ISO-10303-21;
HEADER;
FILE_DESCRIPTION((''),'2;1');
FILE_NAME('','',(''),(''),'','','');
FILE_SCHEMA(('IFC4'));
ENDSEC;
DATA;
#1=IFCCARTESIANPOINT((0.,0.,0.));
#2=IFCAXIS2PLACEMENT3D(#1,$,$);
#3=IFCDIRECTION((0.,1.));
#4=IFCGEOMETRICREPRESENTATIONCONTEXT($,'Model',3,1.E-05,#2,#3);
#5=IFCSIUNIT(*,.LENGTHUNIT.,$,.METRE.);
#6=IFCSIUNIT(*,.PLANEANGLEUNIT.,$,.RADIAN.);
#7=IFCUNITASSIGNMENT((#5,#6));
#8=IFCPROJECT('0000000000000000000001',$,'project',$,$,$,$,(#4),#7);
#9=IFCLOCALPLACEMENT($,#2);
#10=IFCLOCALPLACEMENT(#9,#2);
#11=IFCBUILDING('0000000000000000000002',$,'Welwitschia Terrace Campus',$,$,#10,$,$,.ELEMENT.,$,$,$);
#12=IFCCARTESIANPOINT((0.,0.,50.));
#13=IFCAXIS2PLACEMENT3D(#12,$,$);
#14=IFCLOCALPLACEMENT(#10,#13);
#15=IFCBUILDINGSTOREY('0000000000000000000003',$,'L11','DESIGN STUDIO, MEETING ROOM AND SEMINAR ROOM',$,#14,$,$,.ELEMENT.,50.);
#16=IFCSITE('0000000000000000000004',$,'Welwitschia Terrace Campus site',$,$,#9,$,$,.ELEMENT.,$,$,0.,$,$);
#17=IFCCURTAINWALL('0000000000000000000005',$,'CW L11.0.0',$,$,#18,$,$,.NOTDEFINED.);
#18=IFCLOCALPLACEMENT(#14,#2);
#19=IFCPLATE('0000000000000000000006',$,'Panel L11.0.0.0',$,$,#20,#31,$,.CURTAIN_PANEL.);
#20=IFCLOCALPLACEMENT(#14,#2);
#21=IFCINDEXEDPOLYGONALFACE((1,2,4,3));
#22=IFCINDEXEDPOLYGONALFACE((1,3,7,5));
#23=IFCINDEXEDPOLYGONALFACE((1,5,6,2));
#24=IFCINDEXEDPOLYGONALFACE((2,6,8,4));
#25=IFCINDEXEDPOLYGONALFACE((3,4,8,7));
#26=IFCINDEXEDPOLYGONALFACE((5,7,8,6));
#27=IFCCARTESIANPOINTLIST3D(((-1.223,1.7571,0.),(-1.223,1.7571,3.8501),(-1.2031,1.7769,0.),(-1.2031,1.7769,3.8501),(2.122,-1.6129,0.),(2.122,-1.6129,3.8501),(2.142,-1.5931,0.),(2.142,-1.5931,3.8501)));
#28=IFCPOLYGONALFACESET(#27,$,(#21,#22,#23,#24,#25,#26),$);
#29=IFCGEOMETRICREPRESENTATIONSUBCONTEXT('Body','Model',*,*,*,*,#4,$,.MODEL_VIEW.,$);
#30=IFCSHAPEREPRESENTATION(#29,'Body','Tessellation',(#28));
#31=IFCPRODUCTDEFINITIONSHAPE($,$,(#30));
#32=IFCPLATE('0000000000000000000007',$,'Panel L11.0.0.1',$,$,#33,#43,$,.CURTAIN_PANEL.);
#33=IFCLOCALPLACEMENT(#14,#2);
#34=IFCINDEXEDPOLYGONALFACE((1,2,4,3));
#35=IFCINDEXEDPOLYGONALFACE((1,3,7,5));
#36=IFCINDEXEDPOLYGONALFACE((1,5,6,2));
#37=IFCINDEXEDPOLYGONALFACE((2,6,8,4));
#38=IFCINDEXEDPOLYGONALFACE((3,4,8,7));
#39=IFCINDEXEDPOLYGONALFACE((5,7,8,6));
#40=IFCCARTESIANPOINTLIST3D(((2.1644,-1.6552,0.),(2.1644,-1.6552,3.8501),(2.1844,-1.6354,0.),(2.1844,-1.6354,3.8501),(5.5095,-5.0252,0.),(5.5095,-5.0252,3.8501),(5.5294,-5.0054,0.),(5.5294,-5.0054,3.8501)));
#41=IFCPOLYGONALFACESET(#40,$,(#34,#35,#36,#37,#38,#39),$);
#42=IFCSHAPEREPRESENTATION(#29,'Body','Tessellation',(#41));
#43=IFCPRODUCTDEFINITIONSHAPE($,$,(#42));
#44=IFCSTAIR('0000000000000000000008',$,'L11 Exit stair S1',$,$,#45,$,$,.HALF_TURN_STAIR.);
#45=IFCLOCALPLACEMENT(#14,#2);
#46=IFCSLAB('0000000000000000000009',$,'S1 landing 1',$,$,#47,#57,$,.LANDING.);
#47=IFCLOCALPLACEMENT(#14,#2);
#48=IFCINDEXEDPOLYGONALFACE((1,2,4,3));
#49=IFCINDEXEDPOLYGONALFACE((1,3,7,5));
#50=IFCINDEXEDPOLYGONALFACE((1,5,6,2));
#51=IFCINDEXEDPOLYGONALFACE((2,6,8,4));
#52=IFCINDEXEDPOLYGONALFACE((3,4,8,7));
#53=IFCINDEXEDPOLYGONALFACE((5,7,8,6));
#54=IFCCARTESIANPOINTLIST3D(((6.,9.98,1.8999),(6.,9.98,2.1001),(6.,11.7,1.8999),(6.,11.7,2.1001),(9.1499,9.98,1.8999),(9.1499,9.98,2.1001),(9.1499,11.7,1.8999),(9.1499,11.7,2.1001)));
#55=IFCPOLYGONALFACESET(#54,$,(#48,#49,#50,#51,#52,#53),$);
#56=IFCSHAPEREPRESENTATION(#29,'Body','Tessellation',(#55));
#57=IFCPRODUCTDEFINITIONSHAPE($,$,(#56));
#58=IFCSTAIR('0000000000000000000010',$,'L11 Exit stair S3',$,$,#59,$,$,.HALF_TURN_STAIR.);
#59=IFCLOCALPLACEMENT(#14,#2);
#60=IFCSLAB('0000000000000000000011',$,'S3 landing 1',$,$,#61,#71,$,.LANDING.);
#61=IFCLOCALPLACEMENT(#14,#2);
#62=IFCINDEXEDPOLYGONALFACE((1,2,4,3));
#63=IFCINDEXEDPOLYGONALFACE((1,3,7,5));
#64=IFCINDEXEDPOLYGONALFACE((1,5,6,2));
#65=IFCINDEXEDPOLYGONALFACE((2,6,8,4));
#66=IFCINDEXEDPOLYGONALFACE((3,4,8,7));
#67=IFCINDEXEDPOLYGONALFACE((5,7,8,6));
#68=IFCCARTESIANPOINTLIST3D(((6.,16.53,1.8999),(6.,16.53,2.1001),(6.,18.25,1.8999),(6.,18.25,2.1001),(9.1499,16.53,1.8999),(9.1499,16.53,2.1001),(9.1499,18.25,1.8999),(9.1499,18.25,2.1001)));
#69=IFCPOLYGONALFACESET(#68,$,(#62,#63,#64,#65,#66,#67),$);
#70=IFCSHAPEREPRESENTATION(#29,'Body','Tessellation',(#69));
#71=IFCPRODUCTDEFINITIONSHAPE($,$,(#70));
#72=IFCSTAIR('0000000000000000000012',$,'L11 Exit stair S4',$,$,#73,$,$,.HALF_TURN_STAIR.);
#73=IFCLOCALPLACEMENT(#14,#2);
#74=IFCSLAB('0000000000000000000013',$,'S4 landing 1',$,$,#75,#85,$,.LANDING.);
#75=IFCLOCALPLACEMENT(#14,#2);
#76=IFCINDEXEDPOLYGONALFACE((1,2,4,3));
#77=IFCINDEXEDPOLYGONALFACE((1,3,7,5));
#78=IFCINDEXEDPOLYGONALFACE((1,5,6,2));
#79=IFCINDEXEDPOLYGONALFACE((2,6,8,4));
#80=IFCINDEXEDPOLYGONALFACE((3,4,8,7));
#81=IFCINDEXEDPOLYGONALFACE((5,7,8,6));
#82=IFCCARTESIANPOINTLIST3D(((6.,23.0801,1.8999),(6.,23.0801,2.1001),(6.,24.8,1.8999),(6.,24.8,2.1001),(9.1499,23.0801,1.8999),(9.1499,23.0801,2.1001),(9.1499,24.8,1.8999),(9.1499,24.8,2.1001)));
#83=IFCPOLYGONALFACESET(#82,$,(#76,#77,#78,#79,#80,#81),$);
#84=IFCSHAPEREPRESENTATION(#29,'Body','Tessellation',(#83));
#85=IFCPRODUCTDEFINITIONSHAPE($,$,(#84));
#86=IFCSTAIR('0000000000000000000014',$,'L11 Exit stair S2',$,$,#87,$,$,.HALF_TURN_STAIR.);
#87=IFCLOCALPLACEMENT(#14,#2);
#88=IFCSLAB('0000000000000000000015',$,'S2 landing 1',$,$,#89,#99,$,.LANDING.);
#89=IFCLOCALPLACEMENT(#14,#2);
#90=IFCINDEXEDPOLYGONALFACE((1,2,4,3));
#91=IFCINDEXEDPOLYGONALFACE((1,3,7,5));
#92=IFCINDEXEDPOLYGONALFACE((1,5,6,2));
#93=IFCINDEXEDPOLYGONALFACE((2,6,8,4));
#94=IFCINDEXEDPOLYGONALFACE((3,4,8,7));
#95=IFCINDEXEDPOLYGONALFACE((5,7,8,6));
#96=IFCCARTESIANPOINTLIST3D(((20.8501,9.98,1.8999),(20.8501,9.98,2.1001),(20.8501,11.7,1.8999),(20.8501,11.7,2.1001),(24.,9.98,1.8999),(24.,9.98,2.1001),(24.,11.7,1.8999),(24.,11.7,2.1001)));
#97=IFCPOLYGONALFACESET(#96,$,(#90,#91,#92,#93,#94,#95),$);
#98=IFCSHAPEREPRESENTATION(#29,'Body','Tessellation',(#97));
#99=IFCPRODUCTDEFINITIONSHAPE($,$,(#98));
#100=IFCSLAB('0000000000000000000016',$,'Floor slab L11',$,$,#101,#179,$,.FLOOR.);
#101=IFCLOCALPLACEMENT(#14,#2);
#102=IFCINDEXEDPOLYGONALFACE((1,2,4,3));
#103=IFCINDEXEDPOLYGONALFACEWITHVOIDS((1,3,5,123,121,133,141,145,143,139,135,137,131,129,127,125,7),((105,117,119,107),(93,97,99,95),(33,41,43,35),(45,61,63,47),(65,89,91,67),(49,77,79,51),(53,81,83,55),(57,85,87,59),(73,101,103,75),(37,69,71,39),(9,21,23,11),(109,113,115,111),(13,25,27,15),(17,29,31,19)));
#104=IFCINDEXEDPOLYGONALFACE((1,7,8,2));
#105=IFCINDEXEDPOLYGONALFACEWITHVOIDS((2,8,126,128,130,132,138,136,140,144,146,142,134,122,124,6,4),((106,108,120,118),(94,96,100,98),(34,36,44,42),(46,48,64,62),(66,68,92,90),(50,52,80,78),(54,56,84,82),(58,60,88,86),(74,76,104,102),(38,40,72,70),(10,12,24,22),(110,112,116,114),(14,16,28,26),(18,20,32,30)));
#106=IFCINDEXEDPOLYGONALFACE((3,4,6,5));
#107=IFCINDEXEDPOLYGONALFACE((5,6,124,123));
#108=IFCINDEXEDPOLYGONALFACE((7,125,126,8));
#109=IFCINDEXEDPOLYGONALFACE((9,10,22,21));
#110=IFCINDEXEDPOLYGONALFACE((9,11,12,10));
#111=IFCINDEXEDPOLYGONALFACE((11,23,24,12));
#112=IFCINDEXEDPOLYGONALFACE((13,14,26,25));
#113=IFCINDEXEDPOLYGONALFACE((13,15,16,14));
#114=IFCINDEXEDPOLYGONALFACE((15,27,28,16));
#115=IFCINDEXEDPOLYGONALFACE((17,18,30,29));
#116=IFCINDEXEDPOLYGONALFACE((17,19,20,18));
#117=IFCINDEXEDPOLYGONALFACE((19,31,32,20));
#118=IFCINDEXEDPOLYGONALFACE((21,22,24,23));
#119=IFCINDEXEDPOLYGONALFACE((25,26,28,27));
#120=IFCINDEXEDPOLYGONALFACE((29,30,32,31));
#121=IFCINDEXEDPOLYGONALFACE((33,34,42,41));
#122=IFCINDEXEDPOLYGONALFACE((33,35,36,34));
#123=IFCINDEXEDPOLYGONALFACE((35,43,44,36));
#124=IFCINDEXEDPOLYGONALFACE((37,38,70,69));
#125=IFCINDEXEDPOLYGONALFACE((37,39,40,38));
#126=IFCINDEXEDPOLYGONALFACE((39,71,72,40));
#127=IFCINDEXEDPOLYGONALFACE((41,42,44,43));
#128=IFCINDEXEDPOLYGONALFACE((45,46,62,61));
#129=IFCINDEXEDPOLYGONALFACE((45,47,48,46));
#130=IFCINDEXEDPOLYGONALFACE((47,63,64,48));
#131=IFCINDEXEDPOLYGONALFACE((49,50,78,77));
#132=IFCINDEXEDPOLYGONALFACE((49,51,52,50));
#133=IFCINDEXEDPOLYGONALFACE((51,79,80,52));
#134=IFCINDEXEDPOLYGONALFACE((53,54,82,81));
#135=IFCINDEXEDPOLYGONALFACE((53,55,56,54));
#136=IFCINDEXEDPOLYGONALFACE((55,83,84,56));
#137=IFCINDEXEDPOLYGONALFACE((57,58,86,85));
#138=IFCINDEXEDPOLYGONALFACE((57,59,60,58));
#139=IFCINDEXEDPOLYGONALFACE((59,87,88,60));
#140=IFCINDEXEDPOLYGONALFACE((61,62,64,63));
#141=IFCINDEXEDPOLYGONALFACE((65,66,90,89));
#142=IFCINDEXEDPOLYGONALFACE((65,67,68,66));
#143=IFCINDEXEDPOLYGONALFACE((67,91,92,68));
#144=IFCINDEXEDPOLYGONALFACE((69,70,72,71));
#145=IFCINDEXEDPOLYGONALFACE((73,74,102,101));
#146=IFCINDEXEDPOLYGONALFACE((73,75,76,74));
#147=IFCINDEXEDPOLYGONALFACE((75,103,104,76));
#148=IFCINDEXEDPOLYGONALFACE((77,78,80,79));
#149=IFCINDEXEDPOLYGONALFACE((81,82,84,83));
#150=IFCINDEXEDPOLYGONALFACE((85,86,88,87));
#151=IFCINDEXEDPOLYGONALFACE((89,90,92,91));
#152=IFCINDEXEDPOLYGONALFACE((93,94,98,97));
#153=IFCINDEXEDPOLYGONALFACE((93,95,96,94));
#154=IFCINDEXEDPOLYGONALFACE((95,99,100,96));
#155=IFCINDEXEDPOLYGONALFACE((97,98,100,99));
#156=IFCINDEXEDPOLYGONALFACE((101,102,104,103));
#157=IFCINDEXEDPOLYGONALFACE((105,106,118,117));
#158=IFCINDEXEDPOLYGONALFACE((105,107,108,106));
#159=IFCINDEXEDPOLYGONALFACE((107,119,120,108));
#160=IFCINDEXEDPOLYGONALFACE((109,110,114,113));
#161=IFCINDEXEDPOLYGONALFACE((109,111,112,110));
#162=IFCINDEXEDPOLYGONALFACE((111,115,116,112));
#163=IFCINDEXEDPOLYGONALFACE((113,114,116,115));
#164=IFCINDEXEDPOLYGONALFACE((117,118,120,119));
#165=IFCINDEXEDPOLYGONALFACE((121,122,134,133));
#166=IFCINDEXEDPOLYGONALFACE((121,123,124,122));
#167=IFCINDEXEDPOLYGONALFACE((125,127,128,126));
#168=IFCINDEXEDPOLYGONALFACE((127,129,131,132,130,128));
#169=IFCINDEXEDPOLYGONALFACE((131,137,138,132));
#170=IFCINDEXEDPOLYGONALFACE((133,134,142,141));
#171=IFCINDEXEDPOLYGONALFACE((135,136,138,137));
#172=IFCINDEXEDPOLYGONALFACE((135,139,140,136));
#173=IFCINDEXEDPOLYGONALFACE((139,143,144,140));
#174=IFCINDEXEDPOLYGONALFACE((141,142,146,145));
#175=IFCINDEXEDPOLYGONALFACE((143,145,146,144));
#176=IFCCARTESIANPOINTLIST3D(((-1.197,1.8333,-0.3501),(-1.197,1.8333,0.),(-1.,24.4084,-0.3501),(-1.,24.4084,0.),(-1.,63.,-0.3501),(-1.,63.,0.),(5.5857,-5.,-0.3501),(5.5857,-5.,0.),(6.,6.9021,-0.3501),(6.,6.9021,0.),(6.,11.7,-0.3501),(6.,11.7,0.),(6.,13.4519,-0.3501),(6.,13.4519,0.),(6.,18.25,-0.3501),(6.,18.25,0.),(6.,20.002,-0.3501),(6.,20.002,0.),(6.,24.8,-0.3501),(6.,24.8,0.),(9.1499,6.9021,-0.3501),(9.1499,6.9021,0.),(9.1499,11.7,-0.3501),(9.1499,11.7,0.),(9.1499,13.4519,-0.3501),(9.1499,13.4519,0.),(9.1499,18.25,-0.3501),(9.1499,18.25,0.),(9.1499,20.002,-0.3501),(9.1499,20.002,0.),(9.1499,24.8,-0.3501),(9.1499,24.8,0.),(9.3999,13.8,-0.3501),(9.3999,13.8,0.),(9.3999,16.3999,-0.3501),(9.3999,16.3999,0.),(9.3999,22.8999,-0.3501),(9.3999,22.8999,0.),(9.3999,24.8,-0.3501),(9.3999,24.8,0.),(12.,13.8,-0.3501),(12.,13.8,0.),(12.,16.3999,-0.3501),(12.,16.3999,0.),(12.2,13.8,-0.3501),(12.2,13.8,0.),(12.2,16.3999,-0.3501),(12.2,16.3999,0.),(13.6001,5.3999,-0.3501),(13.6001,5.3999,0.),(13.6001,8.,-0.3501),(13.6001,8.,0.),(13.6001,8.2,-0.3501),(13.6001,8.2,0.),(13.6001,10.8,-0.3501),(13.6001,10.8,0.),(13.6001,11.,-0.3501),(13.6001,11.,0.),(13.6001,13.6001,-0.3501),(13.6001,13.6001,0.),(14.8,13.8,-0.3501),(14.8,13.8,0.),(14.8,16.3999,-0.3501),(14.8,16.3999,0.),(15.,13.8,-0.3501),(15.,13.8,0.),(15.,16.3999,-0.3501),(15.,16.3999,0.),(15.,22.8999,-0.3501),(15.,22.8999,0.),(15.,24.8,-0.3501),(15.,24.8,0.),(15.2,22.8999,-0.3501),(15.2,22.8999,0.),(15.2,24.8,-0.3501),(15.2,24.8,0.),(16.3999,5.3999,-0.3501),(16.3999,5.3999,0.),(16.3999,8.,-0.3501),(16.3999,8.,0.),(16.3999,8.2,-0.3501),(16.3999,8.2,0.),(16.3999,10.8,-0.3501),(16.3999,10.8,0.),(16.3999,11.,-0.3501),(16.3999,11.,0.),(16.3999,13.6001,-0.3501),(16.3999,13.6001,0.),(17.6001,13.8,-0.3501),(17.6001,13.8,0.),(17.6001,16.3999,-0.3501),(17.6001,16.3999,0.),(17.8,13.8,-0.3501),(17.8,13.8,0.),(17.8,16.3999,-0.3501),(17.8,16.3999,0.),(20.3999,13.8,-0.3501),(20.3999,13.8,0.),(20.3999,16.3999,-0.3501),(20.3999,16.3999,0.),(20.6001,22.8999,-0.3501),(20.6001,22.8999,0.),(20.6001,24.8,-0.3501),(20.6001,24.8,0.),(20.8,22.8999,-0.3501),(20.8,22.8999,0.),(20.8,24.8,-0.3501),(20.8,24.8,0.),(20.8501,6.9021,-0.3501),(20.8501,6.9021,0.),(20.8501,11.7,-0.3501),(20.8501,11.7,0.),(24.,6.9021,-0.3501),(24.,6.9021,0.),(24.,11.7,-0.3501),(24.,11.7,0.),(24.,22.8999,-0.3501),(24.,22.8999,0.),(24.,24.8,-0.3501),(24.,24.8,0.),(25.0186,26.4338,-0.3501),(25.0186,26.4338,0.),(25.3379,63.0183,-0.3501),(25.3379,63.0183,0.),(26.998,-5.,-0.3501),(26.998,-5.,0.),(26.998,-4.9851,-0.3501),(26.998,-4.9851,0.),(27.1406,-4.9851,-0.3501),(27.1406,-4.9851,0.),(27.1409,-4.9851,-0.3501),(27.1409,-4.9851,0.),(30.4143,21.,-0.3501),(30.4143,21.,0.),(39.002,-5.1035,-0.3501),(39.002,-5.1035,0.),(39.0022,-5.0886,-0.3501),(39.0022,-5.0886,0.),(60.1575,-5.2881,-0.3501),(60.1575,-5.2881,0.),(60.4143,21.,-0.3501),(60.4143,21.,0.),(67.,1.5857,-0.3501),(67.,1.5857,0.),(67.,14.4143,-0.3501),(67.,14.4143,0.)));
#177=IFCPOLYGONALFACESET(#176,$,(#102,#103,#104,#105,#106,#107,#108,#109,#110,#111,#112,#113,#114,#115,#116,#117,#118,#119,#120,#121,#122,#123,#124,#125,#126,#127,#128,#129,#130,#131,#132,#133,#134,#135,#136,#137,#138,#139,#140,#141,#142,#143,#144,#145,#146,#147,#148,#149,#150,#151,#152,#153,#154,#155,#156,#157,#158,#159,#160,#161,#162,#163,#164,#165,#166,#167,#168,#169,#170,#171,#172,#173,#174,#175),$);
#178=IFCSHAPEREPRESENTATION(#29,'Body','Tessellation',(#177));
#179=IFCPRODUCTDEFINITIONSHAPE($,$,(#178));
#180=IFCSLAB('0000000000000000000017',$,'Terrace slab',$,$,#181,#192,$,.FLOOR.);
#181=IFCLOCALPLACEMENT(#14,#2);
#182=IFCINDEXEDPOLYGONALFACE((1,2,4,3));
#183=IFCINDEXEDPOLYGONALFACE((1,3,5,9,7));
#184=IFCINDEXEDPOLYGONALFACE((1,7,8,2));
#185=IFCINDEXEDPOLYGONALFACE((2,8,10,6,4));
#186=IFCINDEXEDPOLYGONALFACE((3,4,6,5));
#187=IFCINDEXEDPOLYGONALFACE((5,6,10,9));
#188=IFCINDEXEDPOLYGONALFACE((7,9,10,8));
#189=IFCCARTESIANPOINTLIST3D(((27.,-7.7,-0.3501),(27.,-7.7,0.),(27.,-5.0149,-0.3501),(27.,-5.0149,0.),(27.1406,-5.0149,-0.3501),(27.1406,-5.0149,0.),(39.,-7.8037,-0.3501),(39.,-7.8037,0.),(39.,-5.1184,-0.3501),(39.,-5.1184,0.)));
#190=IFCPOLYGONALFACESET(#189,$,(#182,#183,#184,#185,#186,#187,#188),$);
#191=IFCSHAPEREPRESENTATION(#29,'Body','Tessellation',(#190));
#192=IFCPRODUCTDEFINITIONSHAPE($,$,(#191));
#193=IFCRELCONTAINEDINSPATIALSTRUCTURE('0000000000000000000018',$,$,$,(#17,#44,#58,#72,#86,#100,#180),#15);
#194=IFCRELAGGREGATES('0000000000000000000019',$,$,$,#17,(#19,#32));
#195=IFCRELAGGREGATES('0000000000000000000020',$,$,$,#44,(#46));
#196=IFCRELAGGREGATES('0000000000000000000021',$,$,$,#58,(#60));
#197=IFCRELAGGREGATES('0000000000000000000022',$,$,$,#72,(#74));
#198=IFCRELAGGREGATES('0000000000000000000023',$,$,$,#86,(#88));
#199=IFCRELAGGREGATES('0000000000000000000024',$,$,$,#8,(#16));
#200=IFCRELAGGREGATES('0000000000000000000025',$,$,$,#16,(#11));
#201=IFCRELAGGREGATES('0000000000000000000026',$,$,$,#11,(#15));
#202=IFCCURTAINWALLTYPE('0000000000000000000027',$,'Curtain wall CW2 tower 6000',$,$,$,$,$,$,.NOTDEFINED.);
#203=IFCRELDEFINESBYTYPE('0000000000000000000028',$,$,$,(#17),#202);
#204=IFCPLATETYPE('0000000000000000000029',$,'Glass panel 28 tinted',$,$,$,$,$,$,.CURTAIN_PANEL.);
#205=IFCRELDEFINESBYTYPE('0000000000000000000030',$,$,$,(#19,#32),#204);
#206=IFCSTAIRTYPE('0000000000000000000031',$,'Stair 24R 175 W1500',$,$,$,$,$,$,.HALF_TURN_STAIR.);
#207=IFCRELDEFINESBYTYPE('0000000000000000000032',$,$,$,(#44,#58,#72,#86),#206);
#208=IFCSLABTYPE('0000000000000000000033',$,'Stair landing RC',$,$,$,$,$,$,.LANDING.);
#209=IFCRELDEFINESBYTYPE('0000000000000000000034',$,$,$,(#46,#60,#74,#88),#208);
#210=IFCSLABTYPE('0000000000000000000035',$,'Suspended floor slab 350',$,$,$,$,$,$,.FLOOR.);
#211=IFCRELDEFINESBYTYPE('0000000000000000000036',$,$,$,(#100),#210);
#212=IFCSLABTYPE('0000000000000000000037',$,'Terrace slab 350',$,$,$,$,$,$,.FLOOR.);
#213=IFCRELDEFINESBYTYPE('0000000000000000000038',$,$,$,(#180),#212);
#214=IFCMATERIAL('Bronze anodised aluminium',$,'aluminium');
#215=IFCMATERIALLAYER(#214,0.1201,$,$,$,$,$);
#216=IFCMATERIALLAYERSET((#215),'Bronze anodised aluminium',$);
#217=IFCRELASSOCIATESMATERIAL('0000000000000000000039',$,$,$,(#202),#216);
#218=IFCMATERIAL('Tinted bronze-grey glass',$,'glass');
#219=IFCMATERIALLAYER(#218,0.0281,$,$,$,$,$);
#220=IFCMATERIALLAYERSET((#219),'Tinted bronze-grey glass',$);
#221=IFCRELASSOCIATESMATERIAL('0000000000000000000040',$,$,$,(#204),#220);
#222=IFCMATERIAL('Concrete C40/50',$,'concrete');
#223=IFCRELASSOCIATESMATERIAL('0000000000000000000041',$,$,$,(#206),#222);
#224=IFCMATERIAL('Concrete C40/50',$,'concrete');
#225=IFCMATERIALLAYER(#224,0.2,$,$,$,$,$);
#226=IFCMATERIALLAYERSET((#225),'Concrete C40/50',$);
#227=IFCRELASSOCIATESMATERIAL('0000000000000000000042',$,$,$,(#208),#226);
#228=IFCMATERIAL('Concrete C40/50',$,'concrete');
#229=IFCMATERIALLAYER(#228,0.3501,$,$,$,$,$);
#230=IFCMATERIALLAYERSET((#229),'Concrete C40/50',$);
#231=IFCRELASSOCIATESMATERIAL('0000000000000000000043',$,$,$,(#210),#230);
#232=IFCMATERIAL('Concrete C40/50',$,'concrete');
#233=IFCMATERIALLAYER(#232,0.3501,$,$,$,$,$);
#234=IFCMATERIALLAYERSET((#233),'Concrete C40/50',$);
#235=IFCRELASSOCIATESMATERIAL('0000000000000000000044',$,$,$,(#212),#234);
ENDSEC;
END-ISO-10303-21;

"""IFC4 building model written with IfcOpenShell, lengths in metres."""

from ifc_helpers import new_model, si_unit, direction, frame, origin, origin_2d, place, context, subcontext, project, spatial, polyline, rectangle, outline, extrude, material, layer, layer_set, type_object, element, aggregate, save


model = new_model("IFC4")

# Units and contexts
model_context = context("Model", 3, precision=1e-05, world=origin(), true_north=direction((0.0, 1.0)))
body_context = subcontext(model_context, "Body", "Model", "MODEL_VIEW")
ifc_project = project(units=[si_unit("LENGTHUNIT", "METRE"), si_unit("PLANEANGLEUNIT", "RADIAN")], contexts=[model_context])

# Site, building, storey
site_placement = place(None, origin())
site = spatial("IfcSite", under=ifc_project, at=site_placement, Name="Welwitschia Terrace Campus site", CompositionType="ELEMENT", RefElevation=0.0)
building_placement = place(site_placement, origin())
building = spatial("IfcBuilding", under=site, at=building_placement, Name="Welwitschia Terrace Campus", CompositionType="ELEMENT")
storey_placement = place(building_placement, frame((0.0, 0.0, 50.0)))
storey = spatial("IfcBuildingStorey", under=building, at=storey_placement, Name="L11", Description="DESIGN STUDIO, MEETING ROOM AND SEMINAR ROOM", CompositionType="ELEMENT", Elevation=50.0)

# Curtain wall
ifc_material_1 = material(Name="Bronze anodised aluminium", Category="aluminium")
ifc_layer_1 = layer(ifc_material_1, 0.1201)
ifc_layer_set_1 = layer_set([ifc_layer_1], Name="Bronze anodised aluminium")
curtain_wall_type = type_object("IfcCurtainWallType", Name="Curtain wall CW2 tower 6000", PredefinedType="NOTDEFINED", material=ifc_layer_set_1)
curtain_wall_1_placement = place(storey_placement, origin())
curtain_wall_1 = element("IfcCurtainWall", 1, at=curtain_wall_1_placement, inside=storey, type_object=curtain_wall_type, Name="CW L11.0.0", PredefinedType="NOTDEFINED")

# Plates
ifc_material_2 = material(Name="Tinted bronze-grey glass", Category="glass")
ifc_layer_2 = layer(ifc_material_2, 0.0281)
ifc_layer_set_2 = layer_set([ifc_layer_2], Name="Tinted bronze-grey glass")
plate_type = type_object("IfcPlateType", Name="Glass panel 28 tinted", PredefinedType="CURTAIN_PANEL", material=ifc_layer_set_2)
plate_1_placement = place(storey_placement, frame((0.4595, 0.082, 0.0), z_axis=(0.0, 0.0, 1.0), x_axis=(0.704477, -0.709727, 0.0)))
plate_1 = element("IfcPlate", 2, at=plate_1_placement, type_object=plate_type, Name="Panel L11.0.0.0", PredefinedType="CURTAIN_PANEL", context=body_context, shape_type="SweptSolid", body=[
    extrude(rectangle(XDim=4.7483, YDim=0.0281, at=origin_2d()), origin(), (0.0, 0.0, 1.0), 3.8501),
])
plate_2_placement = place(storey_placement, frame((3.8469, -3.3303, 0.0), z_axis=(0.0, 0.0, 1.0), x_axis=(0.704477, -0.709727, 0.0)))
plate_2 = element("IfcPlate", 3, at=plate_2_placement, type_object=plate_type, Name="Panel L11.0.0.1", PredefinedType="CURTAIN_PANEL", context=body_context, shape_type="SweptSolid", body=[
    extrude(rectangle(XDim=4.7483, YDim=0.0281, at=origin_2d()), origin(), (0.0, 0.0, 1.0), 3.8501),
])
aggregate(curtain_wall_1, [plate_1, plate_2])

# Stairs, slabs
ifc_material_3 = material(Name="Concrete C40/50", Category="concrete")
stair_type = type_object("IfcStairType", Name="Stair 24R 175 W1500", PredefinedType="HALF_TURN_STAIR", material=ifc_material_3)
stair_1_placement = place(storey_placement, origin())
stair_1 = element("IfcStair", 4, at=stair_1_placement, inside=storey, type_object=stair_type, Name="L11 Exit stair S1", PredefinedType="HALF_TURN_STAIR")
ifc_material_4 = material(Name="Concrete C40/50", Category="concrete")
ifc_layer_3 = layer(ifc_material_4, 0.2)
ifc_layer_set_3 = layer_set([ifc_layer_3], Name="Concrete C40/50")
slab_type_1 = type_object("IfcSlabType", Name="Stair landing RC", PredefinedType="LANDING", material=ifc_layer_set_3)
slab_1_placement = place(storey_placement, frame((0.0, 0.0, 1.8999)))
slab_1 = element("IfcSlab", 5, at=slab_1_placement, type_object=slab_type_1, Name="S1 landing 1", PredefinedType="LANDING", context=body_context, shape_type="SweptSolid", body=[
    extrude(outline(polyline([(9.1499, 9.98), (9.1499, 11.7), (6.0, 11.7), (6.0, 9.98), (9.1499, 9.98)])), origin(), (0.0, 0.0, 1.0), 0.2002),
])
aggregate(stair_1, [slab_1])
stair_2_placement = place(storey_placement, origin())
stair_2 = element("IfcStair", 6, at=stair_2_placement, inside=storey, type_object=stair_type, Name="L11 Exit stair S3", PredefinedType="HALF_TURN_STAIR")
slab_2_placement = place(storey_placement, frame((0.0, 0.0, 1.8999)))
slab_2 = element("IfcSlab", 7, at=slab_2_placement, type_object=slab_type_1, Name="S3 landing 1", PredefinedType="LANDING", context=body_context, shape_type="SweptSolid", body=[
    extrude(outline(polyline([(9.1499, 16.53), (9.1499, 18.25), (6.0, 18.25), (6.0, 16.53), (9.1499, 16.53)])), origin(), (0.0, 0.0, 1.0), 0.2002),
])
aggregate(stair_2, [slab_2])
stair_3_placement = place(storey_placement, origin())
stair_3 = element("IfcStair", 8, at=stair_3_placement, inside=storey, type_object=stair_type, Name="L11 Exit stair S4", PredefinedType="HALF_TURN_STAIR")
slab_3_placement = place(storey_placement, frame((0.0, 0.0, 1.8999)))
slab_3 = element("IfcSlab", 9, at=slab_3_placement, type_object=slab_type_1, Name="S4 landing 1", PredefinedType="LANDING", context=body_context, shape_type="SweptSolid", body=[
    extrude(outline(polyline([(9.1499, 23.0801), (9.1499, 24.8), (6.0, 24.8), (6.0, 23.0801), (9.1499, 23.0801)])), origin(), (0.0, 0.0, 1.0), 0.2002),
])
aggregate(stair_3, [slab_3])
stair_4_placement = place(storey_placement, origin())
stair_4 = element("IfcStair", 10, at=stair_4_placement, inside=storey, type_object=stair_type, Name="L11 Exit stair S2", PredefinedType="HALF_TURN_STAIR")
slab_4_placement = place(storey_placement, frame((0.0, 0.0, 1.8999)))
slab_4 = element("IfcSlab", 11, at=slab_4_placement, type_object=slab_type_1, Name="S2 landing 1", PredefinedType="LANDING", context=body_context, shape_type="SweptSolid", body=[
    extrude(outline(polyline([(24.0, 9.98), (24.0, 11.7), (20.8501, 11.7), (20.8501, 9.98), (24.0, 9.98)])), origin(), (0.0, 0.0, 1.0), 0.2002),
])
aggregate(stair_4, [slab_4])

# Slabs
ifc_material_5 = material(Name="Concrete C40/50", Category="concrete")
ifc_layer_4 = layer(ifc_material_5, 0.3501)
ifc_layer_set_4 = layer_set([ifc_layer_4], Name="Concrete C40/50")
slab_type_2 = type_object("IfcSlabType", Name="Suspended floor slab 350", PredefinedType="FLOOR", material=ifc_layer_set_4)
slab_5_placement = place(storey_placement, frame((0.0, 0.0, -0.3501)))
element("IfcSlab", 12, at=slab_5_placement, inside=storey, type_object=slab_type_2, Name="Floor slab L11", PredefinedType="FLOOR", context=body_context, shape_type="SweptSolid", body=[
    extrude(outline(polyline([(-1.0, 63.0), (25.3379, 63.0183), (25.0186, 26.4338), (30.4143, 21.0), (60.4143, 21.0), (67.0, 14.4143), (67.0, 1.5857), (60.1575, -5.2881), (39.002, -5.1035), (39.0022, -5.0886), (27.1409, -4.9851), (27.1406, -4.9851), (26.998, -4.9851), (26.998, -5.0), (5.5857, -5.0), (-1.197, 1.8333), (-1.0, 24.4084), (-1.0, 63.0)]), holes=[polyline([(13.6001, 5.3999), (16.3999, 5.3999), (16.3999, 8.0), (13.6001, 8.0), (13.6001, 5.3999)]), polyline([(6.0, 11.7), (6.0, 6.9021), (9.1499, 6.9021), (9.1499, 11.7), (6.0, 11.7)]), polyline([(9.3999, 16.3999), (9.3999, 13.8), (12.0, 13.8), (12.0, 16.3999), (9.3999, 16.3999)]), polyline([(12.2, 16.3999), (12.2, 13.8), (14.8, 13.8), (14.8, 16.3999), (12.2, 16.3999)]), polyline([(6.0, 18.25), (6.0, 13.4519), (9.1499, 13.4519), (9.1499, 18.25), (6.0, 18.25)]), polyline([(6.0, 24.8), (6.0, 20.002), (9.1499, 20.002), (9.1499, 24.8), (6.0, 24.8)]), polyline([(9.3999, 24.8), (9.3999, 22.8999), (15.0, 22.8999), (15.0, 24.8), (9.3999, 24.8)]), polyline([(20.8501, 6.9021), (24.0, 6.9021), (24.0, 11.7), (20.8501, 11.7), (20.8501, 6.9021)]), polyline([(13.6001, 10.8), (13.6001, 8.2), (16.3999, 8.2), (16.3999, 10.8), (13.6001, 10.8)]), polyline([(13.6001, 13.6001), (13.6001, 11.0), (16.3999, 11.0), (16.3999, 13.6001), (13.6001, 13.6001)]), polyline([(15.0, 16.3999), (15.0, 13.8), (17.6001, 13.8), (17.6001, 16.3999), (15.0, 16.3999)]), polyline([(17.8, 16.3999), (17.8, 13.8), (20.3999, 13.8), (20.3999, 16.3999), (17.8, 16.3999)]), polyline([(15.2, 24.8), (15.2, 22.8999), (20.6001, 22.8999), (20.6001, 24.8), (15.2, 24.8)]), polyline([(20.8, 24.8), (20.8, 22.8999), (24.0, 22.8999), (24.0, 24.8), (20.8, 24.8)])]), origin(), (0.0, 0.0, 1.0), 0.3501),
])
ifc_material_6 = material(Name="Concrete C40/50", Category="concrete")
ifc_layer_5 = layer(ifc_material_6, 0.3501)
ifc_layer_set_5 = layer_set([ifc_layer_5], Name="Concrete C40/50")
slab_type_3 = type_object("IfcSlabType", Name="Terrace slab 350", PredefinedType="FLOOR", material=ifc_layer_set_5)
slab_6_placement = place(storey_placement, frame((0.0, 0.0, -0.3501)))
element("IfcSlab", 13, at=slab_6_placement, inside=storey, type_object=slab_type_3, Name="Terrace slab", PredefinedType="FLOOR", context=body_context, shape_type="SweptSolid", body=[
    extrude(outline(polyline([(39.0, -7.8037), (27.0, -7.7), (27.0, -5.0149), (27.1406, -5.0149), (39.0, -5.1184), (39.0, -7.8037)])), origin(), (0.0, 0.0, 1.0), 0.3501),
])

save(model, "model.ifc")
